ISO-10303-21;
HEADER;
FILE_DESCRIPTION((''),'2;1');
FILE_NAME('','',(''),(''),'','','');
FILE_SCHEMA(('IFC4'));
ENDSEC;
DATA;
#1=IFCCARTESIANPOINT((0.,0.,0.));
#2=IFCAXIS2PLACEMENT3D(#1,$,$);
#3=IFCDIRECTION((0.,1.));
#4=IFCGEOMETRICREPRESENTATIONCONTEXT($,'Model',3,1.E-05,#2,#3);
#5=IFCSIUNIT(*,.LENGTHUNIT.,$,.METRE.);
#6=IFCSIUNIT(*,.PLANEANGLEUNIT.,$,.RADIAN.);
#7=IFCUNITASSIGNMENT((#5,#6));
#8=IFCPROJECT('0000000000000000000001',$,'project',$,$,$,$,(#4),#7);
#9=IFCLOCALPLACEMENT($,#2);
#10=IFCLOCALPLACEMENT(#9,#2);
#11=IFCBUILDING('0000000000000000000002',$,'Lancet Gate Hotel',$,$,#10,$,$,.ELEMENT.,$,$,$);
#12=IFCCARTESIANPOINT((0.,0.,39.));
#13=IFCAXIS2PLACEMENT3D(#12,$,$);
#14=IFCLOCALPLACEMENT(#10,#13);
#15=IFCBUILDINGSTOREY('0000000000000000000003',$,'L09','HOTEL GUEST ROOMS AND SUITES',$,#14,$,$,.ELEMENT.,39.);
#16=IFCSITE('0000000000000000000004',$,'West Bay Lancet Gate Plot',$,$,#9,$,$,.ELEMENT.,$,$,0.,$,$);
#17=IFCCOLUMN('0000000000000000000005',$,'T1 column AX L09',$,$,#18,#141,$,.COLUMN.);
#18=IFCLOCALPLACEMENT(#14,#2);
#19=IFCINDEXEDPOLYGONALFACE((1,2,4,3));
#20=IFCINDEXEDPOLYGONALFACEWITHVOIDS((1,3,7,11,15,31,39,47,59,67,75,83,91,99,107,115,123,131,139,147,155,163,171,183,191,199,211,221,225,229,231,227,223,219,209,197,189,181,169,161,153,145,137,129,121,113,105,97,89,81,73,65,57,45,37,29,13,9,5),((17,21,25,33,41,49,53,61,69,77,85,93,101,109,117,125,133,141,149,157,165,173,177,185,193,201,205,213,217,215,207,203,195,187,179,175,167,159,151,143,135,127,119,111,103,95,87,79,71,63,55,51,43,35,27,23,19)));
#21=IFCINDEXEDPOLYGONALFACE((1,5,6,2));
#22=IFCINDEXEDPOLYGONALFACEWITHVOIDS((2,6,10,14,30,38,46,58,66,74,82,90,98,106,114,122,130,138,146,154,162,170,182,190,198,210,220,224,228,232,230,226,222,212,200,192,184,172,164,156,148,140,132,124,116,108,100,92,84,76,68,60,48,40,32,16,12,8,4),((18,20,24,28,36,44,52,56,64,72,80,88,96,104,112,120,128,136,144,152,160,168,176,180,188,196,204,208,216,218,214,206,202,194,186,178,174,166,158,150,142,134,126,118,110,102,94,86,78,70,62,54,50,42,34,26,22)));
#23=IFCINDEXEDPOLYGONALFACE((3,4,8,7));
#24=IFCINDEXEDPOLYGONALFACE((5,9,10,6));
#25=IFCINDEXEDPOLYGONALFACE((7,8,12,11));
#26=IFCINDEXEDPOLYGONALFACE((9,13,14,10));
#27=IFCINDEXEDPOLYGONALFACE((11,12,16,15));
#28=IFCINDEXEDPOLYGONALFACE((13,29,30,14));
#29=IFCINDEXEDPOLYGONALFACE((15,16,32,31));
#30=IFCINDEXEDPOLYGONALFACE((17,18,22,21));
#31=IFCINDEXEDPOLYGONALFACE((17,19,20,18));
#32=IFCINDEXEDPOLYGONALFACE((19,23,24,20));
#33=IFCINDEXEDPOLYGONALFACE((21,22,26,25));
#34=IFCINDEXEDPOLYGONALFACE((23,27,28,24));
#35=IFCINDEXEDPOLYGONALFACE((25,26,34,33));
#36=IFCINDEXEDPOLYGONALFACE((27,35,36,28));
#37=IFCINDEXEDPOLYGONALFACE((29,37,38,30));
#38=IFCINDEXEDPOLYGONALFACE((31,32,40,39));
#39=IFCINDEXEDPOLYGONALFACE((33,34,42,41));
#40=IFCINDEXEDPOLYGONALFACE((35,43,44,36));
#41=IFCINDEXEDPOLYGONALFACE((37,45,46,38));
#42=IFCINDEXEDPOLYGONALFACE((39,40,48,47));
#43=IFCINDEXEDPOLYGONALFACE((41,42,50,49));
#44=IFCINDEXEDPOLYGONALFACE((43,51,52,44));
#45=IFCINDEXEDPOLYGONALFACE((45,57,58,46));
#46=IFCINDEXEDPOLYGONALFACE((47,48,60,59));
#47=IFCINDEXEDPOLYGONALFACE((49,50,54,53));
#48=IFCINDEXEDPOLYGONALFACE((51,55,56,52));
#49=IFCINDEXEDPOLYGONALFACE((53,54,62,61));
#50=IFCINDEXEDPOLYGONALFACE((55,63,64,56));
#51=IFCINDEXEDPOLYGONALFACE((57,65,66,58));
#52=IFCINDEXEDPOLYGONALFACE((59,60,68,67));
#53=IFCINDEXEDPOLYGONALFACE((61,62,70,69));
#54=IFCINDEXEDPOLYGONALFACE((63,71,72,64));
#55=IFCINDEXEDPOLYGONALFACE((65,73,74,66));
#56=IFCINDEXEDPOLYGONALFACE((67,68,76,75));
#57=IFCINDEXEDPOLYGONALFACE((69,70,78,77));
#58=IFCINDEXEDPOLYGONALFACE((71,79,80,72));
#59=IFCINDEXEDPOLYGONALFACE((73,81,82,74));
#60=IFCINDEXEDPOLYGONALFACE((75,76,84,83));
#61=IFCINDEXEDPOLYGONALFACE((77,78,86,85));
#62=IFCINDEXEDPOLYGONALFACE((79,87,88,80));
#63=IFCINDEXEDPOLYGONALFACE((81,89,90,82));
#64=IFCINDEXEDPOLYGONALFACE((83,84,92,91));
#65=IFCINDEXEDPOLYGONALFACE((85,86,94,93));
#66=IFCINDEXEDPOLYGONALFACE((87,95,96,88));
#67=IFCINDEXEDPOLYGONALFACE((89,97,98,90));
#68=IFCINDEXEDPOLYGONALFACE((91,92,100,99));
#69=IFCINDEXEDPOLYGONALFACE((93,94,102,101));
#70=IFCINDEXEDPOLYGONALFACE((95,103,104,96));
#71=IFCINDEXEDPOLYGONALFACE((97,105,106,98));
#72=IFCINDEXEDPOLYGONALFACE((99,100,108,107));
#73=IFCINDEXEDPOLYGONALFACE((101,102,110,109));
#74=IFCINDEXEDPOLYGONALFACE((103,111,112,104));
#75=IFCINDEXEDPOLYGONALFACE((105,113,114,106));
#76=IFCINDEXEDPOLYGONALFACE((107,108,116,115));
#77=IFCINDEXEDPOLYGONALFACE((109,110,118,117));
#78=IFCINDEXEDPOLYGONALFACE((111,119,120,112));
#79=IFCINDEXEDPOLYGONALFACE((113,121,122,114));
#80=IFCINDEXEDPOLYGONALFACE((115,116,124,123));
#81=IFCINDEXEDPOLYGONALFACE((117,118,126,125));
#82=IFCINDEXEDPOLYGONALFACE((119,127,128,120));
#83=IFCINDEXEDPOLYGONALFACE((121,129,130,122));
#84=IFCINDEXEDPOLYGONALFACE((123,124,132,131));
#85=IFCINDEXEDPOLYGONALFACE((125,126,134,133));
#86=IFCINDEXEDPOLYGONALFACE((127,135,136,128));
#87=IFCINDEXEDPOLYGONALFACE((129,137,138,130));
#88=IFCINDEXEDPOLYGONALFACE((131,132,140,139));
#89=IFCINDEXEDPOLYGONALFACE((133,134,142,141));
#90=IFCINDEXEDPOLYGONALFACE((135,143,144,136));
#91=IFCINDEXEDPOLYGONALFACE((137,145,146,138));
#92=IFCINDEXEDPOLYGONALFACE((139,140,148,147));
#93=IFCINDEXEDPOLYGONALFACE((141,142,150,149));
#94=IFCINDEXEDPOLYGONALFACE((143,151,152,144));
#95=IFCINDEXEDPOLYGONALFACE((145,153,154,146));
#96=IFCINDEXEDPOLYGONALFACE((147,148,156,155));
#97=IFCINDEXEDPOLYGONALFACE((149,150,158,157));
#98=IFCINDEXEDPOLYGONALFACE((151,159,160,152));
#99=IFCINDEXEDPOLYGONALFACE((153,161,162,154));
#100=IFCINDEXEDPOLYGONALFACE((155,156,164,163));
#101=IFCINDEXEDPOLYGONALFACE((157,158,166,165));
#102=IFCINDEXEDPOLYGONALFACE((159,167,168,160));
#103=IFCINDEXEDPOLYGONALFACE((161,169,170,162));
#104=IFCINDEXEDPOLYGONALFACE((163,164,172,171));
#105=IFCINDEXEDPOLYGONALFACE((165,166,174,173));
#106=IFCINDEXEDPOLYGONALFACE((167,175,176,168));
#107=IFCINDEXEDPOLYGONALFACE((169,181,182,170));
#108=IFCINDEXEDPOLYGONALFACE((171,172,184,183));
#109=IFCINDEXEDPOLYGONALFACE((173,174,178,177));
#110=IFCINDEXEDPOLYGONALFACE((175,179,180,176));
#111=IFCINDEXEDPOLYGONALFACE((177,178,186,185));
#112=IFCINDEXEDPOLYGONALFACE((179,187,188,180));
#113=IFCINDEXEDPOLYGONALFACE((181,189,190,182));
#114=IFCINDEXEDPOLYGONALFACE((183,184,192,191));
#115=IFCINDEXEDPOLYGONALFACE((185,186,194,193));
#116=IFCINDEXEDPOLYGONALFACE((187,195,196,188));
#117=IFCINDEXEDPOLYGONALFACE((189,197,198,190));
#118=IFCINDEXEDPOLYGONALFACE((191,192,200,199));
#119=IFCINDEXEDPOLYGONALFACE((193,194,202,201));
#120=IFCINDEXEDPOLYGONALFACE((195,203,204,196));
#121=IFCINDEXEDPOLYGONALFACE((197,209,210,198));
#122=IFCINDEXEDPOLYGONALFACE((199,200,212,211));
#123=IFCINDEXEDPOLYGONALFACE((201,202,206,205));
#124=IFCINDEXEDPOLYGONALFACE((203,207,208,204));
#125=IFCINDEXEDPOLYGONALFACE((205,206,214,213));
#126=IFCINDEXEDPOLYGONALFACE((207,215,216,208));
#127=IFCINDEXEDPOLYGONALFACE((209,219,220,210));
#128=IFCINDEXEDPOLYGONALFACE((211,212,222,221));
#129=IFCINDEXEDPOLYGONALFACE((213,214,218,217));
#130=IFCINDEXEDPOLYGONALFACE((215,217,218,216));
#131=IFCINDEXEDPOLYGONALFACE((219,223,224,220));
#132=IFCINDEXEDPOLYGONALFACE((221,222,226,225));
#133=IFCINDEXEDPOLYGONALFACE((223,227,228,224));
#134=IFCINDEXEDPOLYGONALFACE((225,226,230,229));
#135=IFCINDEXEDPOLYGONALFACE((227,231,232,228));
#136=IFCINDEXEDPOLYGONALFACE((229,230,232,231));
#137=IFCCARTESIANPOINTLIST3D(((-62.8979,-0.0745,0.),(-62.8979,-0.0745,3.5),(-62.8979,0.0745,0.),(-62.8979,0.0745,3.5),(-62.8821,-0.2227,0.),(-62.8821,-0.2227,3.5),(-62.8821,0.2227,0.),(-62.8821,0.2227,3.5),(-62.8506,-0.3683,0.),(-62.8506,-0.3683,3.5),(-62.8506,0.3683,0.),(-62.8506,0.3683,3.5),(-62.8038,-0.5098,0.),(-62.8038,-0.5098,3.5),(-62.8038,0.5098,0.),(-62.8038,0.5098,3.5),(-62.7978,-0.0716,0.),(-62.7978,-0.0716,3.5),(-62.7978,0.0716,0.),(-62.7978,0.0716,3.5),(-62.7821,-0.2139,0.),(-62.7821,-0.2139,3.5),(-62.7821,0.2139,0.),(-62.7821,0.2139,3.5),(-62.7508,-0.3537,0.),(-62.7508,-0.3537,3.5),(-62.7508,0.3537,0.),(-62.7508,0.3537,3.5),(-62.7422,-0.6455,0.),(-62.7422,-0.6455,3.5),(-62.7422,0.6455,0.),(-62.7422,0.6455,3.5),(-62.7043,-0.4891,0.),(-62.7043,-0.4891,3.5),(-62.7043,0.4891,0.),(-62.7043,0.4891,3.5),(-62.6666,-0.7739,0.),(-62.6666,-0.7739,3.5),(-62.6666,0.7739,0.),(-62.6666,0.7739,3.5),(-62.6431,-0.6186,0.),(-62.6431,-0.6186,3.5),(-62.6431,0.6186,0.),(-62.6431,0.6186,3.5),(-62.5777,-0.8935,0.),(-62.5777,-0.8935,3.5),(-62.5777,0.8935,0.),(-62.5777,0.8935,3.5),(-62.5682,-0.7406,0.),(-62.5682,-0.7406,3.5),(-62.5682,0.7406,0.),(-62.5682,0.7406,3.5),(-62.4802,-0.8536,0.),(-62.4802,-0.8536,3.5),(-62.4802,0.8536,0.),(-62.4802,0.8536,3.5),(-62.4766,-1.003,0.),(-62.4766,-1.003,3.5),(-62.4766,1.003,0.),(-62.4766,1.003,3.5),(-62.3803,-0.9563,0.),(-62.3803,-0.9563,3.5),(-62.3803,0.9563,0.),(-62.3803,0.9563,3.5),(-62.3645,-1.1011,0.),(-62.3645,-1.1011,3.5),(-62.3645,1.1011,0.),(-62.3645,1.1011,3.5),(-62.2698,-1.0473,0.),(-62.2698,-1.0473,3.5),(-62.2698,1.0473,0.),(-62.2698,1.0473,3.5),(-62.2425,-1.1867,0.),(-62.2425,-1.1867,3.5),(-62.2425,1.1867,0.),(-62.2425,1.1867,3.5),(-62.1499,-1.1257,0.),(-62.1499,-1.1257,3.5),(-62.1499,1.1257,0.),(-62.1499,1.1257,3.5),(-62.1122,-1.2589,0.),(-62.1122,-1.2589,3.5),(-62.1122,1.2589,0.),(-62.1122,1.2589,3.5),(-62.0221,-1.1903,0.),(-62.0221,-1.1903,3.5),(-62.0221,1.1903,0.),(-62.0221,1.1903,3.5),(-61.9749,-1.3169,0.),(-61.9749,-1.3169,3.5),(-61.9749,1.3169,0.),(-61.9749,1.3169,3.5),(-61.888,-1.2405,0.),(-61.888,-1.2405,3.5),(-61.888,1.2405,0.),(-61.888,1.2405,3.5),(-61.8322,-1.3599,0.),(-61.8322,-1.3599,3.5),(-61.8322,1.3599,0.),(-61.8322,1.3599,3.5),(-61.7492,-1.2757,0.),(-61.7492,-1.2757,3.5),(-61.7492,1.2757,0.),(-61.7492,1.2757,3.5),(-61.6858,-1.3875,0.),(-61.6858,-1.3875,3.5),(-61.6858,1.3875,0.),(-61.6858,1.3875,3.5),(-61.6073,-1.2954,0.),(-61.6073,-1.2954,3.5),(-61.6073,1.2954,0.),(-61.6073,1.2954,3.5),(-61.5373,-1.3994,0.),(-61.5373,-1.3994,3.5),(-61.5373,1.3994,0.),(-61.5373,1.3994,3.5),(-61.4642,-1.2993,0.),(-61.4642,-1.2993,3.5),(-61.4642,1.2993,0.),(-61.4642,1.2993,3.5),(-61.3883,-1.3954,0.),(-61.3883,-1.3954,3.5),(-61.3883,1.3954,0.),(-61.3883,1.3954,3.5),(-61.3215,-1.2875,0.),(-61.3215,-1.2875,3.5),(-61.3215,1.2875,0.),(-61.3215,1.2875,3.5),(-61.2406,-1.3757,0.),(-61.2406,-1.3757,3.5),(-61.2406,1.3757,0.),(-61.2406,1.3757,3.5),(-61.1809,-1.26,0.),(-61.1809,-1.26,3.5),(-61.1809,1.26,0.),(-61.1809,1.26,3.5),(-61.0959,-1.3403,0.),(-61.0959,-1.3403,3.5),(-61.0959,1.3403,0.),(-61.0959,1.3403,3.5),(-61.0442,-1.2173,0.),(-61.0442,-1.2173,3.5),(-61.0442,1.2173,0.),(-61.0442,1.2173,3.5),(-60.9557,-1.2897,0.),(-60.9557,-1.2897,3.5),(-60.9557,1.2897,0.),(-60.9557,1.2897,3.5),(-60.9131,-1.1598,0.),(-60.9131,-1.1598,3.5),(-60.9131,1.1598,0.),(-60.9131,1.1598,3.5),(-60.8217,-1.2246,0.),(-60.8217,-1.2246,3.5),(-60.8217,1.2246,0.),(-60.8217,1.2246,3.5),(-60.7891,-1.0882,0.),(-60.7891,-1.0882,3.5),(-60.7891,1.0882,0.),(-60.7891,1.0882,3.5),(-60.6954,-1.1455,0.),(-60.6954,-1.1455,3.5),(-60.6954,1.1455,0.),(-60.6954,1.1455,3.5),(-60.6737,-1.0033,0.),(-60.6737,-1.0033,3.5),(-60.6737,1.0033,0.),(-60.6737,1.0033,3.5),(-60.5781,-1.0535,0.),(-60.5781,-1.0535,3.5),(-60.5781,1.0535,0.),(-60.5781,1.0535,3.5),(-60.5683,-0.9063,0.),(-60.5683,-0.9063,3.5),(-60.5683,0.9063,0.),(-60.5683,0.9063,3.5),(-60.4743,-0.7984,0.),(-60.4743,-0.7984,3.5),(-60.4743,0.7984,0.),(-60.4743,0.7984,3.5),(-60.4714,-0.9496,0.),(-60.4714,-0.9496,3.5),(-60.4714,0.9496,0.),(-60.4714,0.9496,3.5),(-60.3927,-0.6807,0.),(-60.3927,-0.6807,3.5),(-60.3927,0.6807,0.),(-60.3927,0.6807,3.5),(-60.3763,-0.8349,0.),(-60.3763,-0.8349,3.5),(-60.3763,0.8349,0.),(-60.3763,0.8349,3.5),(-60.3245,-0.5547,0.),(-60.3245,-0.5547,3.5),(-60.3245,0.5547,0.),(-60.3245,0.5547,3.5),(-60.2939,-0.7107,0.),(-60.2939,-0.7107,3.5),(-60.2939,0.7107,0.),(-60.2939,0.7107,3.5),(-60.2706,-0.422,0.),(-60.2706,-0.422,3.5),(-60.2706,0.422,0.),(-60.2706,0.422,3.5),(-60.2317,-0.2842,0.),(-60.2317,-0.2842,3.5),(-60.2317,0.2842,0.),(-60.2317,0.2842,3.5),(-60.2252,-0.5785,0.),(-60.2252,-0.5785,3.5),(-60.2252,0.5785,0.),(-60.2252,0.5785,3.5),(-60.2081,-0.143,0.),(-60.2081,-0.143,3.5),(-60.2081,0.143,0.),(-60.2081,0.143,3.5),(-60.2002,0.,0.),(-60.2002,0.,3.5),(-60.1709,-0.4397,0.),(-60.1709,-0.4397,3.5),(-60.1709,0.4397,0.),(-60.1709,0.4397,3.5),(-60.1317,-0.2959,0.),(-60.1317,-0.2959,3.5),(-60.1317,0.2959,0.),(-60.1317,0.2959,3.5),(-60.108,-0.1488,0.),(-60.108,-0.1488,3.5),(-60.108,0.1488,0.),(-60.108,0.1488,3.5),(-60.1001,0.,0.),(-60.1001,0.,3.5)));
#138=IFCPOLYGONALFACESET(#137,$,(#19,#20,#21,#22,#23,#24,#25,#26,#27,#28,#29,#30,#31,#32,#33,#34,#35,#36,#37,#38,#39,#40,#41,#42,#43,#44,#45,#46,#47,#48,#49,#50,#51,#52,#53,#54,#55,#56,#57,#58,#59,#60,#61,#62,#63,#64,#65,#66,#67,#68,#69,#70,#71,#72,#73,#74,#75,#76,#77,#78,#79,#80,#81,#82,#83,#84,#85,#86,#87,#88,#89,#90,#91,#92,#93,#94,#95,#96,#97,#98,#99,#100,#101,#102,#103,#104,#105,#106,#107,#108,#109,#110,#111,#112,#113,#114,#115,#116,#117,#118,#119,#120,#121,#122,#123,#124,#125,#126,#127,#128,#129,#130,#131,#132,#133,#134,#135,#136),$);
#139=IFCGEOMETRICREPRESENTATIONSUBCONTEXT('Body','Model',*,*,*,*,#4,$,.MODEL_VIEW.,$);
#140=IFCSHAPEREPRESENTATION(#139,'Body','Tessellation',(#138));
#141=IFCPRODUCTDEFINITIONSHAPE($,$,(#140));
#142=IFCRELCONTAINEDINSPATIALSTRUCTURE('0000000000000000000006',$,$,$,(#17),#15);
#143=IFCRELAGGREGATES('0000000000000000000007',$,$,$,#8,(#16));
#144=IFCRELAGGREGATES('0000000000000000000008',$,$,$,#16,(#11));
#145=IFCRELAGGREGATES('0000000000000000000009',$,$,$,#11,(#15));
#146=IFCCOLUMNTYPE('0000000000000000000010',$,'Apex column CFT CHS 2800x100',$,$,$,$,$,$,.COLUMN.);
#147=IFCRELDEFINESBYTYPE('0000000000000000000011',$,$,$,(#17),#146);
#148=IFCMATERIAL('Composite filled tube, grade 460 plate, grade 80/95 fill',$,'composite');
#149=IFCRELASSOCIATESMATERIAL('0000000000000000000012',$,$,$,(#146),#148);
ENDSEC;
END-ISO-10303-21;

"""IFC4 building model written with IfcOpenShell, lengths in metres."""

from ifc_helpers import new_model, si_unit, direction, frame, origin, origin_2d, place, context, subcontext, project, spatial, hollow_circle, extrude, material, material_profile, profile_set, type_object, element, save


model = new_model("IFC4")

# Units and contexts
model_context = context("Model", 3, precision=1e-05, world=origin(), true_north=direction((0.0, 1.0)))
body_context = subcontext(model_context, "Body", "Model", "MODEL_VIEW")
ifc_project = project(units=[si_unit("LENGTHUNIT", "METRE"), si_unit("PLANEANGLEUNIT", "RADIAN")], contexts=[model_context])

# Site, building, storey
site_placement = place(None, origin())
site = spatial("IfcSite", under=ifc_project, at=site_placement, Name="West Bay Lancet Gate Plot", CompositionType="ELEMENT", RefElevation=0.0)
building_placement = place(site_placement, origin())
building = spatial("IfcBuilding", under=site, at=building_placement, Name="Lancet Gate Hotel", CompositionType="ELEMENT")
storey_placement = place(building_placement, frame((0.0, 0.0, 39.0)))
storey = spatial("IfcBuildingStorey", under=building, at=storey_placement, Name="L09", Description="HOTEL GUEST ROOMS AND SUITES", CompositionType="ELEMENT", Elevation=39.0)

# Column
ifc_material_1 = material(Name="Composite filled tube, grade 460 plate, grade 80/95 fill", Category="composite")
ifc_material_profile_1 = material_profile(ifc_material_1, hollow_circle(Radius=1.3999, WallThickness=0.1001, at=origin_2d()), Name="CHS 2800x100")
ifc_profile_set_1 = profile_set([ifc_material_profile_1], Name="Composite filled tube, grade 460 plate, grade 80/95 fill")
column_type_1 = type_object("IfcColumnType", Name="Apex column CFT CHS 2800x100", PredefinedType="COLUMN", material=ifc_profile_set_1)
column_1_placement = place(storey_placement, frame((-61.5, 0.0, 0.0), z_axis=(0.0, 0.0, 1.0), x_axis=(1.0, 0.0, 0.0)))
element("IfcColumn", 1, at=column_1_placement, inside=storey, type_object=column_type_1, Name="T1 column AX L09", PredefinedType="COLUMN", context=body_context, shape_type="SweptSolid", body=[
    extrude(hollow_circle(Radius=1.3999, WallThickness=0.1001, at=origin_2d()), origin(), (0.0, 0.0, 1.0), 3.5),
])

save(model, "model.ifc")
